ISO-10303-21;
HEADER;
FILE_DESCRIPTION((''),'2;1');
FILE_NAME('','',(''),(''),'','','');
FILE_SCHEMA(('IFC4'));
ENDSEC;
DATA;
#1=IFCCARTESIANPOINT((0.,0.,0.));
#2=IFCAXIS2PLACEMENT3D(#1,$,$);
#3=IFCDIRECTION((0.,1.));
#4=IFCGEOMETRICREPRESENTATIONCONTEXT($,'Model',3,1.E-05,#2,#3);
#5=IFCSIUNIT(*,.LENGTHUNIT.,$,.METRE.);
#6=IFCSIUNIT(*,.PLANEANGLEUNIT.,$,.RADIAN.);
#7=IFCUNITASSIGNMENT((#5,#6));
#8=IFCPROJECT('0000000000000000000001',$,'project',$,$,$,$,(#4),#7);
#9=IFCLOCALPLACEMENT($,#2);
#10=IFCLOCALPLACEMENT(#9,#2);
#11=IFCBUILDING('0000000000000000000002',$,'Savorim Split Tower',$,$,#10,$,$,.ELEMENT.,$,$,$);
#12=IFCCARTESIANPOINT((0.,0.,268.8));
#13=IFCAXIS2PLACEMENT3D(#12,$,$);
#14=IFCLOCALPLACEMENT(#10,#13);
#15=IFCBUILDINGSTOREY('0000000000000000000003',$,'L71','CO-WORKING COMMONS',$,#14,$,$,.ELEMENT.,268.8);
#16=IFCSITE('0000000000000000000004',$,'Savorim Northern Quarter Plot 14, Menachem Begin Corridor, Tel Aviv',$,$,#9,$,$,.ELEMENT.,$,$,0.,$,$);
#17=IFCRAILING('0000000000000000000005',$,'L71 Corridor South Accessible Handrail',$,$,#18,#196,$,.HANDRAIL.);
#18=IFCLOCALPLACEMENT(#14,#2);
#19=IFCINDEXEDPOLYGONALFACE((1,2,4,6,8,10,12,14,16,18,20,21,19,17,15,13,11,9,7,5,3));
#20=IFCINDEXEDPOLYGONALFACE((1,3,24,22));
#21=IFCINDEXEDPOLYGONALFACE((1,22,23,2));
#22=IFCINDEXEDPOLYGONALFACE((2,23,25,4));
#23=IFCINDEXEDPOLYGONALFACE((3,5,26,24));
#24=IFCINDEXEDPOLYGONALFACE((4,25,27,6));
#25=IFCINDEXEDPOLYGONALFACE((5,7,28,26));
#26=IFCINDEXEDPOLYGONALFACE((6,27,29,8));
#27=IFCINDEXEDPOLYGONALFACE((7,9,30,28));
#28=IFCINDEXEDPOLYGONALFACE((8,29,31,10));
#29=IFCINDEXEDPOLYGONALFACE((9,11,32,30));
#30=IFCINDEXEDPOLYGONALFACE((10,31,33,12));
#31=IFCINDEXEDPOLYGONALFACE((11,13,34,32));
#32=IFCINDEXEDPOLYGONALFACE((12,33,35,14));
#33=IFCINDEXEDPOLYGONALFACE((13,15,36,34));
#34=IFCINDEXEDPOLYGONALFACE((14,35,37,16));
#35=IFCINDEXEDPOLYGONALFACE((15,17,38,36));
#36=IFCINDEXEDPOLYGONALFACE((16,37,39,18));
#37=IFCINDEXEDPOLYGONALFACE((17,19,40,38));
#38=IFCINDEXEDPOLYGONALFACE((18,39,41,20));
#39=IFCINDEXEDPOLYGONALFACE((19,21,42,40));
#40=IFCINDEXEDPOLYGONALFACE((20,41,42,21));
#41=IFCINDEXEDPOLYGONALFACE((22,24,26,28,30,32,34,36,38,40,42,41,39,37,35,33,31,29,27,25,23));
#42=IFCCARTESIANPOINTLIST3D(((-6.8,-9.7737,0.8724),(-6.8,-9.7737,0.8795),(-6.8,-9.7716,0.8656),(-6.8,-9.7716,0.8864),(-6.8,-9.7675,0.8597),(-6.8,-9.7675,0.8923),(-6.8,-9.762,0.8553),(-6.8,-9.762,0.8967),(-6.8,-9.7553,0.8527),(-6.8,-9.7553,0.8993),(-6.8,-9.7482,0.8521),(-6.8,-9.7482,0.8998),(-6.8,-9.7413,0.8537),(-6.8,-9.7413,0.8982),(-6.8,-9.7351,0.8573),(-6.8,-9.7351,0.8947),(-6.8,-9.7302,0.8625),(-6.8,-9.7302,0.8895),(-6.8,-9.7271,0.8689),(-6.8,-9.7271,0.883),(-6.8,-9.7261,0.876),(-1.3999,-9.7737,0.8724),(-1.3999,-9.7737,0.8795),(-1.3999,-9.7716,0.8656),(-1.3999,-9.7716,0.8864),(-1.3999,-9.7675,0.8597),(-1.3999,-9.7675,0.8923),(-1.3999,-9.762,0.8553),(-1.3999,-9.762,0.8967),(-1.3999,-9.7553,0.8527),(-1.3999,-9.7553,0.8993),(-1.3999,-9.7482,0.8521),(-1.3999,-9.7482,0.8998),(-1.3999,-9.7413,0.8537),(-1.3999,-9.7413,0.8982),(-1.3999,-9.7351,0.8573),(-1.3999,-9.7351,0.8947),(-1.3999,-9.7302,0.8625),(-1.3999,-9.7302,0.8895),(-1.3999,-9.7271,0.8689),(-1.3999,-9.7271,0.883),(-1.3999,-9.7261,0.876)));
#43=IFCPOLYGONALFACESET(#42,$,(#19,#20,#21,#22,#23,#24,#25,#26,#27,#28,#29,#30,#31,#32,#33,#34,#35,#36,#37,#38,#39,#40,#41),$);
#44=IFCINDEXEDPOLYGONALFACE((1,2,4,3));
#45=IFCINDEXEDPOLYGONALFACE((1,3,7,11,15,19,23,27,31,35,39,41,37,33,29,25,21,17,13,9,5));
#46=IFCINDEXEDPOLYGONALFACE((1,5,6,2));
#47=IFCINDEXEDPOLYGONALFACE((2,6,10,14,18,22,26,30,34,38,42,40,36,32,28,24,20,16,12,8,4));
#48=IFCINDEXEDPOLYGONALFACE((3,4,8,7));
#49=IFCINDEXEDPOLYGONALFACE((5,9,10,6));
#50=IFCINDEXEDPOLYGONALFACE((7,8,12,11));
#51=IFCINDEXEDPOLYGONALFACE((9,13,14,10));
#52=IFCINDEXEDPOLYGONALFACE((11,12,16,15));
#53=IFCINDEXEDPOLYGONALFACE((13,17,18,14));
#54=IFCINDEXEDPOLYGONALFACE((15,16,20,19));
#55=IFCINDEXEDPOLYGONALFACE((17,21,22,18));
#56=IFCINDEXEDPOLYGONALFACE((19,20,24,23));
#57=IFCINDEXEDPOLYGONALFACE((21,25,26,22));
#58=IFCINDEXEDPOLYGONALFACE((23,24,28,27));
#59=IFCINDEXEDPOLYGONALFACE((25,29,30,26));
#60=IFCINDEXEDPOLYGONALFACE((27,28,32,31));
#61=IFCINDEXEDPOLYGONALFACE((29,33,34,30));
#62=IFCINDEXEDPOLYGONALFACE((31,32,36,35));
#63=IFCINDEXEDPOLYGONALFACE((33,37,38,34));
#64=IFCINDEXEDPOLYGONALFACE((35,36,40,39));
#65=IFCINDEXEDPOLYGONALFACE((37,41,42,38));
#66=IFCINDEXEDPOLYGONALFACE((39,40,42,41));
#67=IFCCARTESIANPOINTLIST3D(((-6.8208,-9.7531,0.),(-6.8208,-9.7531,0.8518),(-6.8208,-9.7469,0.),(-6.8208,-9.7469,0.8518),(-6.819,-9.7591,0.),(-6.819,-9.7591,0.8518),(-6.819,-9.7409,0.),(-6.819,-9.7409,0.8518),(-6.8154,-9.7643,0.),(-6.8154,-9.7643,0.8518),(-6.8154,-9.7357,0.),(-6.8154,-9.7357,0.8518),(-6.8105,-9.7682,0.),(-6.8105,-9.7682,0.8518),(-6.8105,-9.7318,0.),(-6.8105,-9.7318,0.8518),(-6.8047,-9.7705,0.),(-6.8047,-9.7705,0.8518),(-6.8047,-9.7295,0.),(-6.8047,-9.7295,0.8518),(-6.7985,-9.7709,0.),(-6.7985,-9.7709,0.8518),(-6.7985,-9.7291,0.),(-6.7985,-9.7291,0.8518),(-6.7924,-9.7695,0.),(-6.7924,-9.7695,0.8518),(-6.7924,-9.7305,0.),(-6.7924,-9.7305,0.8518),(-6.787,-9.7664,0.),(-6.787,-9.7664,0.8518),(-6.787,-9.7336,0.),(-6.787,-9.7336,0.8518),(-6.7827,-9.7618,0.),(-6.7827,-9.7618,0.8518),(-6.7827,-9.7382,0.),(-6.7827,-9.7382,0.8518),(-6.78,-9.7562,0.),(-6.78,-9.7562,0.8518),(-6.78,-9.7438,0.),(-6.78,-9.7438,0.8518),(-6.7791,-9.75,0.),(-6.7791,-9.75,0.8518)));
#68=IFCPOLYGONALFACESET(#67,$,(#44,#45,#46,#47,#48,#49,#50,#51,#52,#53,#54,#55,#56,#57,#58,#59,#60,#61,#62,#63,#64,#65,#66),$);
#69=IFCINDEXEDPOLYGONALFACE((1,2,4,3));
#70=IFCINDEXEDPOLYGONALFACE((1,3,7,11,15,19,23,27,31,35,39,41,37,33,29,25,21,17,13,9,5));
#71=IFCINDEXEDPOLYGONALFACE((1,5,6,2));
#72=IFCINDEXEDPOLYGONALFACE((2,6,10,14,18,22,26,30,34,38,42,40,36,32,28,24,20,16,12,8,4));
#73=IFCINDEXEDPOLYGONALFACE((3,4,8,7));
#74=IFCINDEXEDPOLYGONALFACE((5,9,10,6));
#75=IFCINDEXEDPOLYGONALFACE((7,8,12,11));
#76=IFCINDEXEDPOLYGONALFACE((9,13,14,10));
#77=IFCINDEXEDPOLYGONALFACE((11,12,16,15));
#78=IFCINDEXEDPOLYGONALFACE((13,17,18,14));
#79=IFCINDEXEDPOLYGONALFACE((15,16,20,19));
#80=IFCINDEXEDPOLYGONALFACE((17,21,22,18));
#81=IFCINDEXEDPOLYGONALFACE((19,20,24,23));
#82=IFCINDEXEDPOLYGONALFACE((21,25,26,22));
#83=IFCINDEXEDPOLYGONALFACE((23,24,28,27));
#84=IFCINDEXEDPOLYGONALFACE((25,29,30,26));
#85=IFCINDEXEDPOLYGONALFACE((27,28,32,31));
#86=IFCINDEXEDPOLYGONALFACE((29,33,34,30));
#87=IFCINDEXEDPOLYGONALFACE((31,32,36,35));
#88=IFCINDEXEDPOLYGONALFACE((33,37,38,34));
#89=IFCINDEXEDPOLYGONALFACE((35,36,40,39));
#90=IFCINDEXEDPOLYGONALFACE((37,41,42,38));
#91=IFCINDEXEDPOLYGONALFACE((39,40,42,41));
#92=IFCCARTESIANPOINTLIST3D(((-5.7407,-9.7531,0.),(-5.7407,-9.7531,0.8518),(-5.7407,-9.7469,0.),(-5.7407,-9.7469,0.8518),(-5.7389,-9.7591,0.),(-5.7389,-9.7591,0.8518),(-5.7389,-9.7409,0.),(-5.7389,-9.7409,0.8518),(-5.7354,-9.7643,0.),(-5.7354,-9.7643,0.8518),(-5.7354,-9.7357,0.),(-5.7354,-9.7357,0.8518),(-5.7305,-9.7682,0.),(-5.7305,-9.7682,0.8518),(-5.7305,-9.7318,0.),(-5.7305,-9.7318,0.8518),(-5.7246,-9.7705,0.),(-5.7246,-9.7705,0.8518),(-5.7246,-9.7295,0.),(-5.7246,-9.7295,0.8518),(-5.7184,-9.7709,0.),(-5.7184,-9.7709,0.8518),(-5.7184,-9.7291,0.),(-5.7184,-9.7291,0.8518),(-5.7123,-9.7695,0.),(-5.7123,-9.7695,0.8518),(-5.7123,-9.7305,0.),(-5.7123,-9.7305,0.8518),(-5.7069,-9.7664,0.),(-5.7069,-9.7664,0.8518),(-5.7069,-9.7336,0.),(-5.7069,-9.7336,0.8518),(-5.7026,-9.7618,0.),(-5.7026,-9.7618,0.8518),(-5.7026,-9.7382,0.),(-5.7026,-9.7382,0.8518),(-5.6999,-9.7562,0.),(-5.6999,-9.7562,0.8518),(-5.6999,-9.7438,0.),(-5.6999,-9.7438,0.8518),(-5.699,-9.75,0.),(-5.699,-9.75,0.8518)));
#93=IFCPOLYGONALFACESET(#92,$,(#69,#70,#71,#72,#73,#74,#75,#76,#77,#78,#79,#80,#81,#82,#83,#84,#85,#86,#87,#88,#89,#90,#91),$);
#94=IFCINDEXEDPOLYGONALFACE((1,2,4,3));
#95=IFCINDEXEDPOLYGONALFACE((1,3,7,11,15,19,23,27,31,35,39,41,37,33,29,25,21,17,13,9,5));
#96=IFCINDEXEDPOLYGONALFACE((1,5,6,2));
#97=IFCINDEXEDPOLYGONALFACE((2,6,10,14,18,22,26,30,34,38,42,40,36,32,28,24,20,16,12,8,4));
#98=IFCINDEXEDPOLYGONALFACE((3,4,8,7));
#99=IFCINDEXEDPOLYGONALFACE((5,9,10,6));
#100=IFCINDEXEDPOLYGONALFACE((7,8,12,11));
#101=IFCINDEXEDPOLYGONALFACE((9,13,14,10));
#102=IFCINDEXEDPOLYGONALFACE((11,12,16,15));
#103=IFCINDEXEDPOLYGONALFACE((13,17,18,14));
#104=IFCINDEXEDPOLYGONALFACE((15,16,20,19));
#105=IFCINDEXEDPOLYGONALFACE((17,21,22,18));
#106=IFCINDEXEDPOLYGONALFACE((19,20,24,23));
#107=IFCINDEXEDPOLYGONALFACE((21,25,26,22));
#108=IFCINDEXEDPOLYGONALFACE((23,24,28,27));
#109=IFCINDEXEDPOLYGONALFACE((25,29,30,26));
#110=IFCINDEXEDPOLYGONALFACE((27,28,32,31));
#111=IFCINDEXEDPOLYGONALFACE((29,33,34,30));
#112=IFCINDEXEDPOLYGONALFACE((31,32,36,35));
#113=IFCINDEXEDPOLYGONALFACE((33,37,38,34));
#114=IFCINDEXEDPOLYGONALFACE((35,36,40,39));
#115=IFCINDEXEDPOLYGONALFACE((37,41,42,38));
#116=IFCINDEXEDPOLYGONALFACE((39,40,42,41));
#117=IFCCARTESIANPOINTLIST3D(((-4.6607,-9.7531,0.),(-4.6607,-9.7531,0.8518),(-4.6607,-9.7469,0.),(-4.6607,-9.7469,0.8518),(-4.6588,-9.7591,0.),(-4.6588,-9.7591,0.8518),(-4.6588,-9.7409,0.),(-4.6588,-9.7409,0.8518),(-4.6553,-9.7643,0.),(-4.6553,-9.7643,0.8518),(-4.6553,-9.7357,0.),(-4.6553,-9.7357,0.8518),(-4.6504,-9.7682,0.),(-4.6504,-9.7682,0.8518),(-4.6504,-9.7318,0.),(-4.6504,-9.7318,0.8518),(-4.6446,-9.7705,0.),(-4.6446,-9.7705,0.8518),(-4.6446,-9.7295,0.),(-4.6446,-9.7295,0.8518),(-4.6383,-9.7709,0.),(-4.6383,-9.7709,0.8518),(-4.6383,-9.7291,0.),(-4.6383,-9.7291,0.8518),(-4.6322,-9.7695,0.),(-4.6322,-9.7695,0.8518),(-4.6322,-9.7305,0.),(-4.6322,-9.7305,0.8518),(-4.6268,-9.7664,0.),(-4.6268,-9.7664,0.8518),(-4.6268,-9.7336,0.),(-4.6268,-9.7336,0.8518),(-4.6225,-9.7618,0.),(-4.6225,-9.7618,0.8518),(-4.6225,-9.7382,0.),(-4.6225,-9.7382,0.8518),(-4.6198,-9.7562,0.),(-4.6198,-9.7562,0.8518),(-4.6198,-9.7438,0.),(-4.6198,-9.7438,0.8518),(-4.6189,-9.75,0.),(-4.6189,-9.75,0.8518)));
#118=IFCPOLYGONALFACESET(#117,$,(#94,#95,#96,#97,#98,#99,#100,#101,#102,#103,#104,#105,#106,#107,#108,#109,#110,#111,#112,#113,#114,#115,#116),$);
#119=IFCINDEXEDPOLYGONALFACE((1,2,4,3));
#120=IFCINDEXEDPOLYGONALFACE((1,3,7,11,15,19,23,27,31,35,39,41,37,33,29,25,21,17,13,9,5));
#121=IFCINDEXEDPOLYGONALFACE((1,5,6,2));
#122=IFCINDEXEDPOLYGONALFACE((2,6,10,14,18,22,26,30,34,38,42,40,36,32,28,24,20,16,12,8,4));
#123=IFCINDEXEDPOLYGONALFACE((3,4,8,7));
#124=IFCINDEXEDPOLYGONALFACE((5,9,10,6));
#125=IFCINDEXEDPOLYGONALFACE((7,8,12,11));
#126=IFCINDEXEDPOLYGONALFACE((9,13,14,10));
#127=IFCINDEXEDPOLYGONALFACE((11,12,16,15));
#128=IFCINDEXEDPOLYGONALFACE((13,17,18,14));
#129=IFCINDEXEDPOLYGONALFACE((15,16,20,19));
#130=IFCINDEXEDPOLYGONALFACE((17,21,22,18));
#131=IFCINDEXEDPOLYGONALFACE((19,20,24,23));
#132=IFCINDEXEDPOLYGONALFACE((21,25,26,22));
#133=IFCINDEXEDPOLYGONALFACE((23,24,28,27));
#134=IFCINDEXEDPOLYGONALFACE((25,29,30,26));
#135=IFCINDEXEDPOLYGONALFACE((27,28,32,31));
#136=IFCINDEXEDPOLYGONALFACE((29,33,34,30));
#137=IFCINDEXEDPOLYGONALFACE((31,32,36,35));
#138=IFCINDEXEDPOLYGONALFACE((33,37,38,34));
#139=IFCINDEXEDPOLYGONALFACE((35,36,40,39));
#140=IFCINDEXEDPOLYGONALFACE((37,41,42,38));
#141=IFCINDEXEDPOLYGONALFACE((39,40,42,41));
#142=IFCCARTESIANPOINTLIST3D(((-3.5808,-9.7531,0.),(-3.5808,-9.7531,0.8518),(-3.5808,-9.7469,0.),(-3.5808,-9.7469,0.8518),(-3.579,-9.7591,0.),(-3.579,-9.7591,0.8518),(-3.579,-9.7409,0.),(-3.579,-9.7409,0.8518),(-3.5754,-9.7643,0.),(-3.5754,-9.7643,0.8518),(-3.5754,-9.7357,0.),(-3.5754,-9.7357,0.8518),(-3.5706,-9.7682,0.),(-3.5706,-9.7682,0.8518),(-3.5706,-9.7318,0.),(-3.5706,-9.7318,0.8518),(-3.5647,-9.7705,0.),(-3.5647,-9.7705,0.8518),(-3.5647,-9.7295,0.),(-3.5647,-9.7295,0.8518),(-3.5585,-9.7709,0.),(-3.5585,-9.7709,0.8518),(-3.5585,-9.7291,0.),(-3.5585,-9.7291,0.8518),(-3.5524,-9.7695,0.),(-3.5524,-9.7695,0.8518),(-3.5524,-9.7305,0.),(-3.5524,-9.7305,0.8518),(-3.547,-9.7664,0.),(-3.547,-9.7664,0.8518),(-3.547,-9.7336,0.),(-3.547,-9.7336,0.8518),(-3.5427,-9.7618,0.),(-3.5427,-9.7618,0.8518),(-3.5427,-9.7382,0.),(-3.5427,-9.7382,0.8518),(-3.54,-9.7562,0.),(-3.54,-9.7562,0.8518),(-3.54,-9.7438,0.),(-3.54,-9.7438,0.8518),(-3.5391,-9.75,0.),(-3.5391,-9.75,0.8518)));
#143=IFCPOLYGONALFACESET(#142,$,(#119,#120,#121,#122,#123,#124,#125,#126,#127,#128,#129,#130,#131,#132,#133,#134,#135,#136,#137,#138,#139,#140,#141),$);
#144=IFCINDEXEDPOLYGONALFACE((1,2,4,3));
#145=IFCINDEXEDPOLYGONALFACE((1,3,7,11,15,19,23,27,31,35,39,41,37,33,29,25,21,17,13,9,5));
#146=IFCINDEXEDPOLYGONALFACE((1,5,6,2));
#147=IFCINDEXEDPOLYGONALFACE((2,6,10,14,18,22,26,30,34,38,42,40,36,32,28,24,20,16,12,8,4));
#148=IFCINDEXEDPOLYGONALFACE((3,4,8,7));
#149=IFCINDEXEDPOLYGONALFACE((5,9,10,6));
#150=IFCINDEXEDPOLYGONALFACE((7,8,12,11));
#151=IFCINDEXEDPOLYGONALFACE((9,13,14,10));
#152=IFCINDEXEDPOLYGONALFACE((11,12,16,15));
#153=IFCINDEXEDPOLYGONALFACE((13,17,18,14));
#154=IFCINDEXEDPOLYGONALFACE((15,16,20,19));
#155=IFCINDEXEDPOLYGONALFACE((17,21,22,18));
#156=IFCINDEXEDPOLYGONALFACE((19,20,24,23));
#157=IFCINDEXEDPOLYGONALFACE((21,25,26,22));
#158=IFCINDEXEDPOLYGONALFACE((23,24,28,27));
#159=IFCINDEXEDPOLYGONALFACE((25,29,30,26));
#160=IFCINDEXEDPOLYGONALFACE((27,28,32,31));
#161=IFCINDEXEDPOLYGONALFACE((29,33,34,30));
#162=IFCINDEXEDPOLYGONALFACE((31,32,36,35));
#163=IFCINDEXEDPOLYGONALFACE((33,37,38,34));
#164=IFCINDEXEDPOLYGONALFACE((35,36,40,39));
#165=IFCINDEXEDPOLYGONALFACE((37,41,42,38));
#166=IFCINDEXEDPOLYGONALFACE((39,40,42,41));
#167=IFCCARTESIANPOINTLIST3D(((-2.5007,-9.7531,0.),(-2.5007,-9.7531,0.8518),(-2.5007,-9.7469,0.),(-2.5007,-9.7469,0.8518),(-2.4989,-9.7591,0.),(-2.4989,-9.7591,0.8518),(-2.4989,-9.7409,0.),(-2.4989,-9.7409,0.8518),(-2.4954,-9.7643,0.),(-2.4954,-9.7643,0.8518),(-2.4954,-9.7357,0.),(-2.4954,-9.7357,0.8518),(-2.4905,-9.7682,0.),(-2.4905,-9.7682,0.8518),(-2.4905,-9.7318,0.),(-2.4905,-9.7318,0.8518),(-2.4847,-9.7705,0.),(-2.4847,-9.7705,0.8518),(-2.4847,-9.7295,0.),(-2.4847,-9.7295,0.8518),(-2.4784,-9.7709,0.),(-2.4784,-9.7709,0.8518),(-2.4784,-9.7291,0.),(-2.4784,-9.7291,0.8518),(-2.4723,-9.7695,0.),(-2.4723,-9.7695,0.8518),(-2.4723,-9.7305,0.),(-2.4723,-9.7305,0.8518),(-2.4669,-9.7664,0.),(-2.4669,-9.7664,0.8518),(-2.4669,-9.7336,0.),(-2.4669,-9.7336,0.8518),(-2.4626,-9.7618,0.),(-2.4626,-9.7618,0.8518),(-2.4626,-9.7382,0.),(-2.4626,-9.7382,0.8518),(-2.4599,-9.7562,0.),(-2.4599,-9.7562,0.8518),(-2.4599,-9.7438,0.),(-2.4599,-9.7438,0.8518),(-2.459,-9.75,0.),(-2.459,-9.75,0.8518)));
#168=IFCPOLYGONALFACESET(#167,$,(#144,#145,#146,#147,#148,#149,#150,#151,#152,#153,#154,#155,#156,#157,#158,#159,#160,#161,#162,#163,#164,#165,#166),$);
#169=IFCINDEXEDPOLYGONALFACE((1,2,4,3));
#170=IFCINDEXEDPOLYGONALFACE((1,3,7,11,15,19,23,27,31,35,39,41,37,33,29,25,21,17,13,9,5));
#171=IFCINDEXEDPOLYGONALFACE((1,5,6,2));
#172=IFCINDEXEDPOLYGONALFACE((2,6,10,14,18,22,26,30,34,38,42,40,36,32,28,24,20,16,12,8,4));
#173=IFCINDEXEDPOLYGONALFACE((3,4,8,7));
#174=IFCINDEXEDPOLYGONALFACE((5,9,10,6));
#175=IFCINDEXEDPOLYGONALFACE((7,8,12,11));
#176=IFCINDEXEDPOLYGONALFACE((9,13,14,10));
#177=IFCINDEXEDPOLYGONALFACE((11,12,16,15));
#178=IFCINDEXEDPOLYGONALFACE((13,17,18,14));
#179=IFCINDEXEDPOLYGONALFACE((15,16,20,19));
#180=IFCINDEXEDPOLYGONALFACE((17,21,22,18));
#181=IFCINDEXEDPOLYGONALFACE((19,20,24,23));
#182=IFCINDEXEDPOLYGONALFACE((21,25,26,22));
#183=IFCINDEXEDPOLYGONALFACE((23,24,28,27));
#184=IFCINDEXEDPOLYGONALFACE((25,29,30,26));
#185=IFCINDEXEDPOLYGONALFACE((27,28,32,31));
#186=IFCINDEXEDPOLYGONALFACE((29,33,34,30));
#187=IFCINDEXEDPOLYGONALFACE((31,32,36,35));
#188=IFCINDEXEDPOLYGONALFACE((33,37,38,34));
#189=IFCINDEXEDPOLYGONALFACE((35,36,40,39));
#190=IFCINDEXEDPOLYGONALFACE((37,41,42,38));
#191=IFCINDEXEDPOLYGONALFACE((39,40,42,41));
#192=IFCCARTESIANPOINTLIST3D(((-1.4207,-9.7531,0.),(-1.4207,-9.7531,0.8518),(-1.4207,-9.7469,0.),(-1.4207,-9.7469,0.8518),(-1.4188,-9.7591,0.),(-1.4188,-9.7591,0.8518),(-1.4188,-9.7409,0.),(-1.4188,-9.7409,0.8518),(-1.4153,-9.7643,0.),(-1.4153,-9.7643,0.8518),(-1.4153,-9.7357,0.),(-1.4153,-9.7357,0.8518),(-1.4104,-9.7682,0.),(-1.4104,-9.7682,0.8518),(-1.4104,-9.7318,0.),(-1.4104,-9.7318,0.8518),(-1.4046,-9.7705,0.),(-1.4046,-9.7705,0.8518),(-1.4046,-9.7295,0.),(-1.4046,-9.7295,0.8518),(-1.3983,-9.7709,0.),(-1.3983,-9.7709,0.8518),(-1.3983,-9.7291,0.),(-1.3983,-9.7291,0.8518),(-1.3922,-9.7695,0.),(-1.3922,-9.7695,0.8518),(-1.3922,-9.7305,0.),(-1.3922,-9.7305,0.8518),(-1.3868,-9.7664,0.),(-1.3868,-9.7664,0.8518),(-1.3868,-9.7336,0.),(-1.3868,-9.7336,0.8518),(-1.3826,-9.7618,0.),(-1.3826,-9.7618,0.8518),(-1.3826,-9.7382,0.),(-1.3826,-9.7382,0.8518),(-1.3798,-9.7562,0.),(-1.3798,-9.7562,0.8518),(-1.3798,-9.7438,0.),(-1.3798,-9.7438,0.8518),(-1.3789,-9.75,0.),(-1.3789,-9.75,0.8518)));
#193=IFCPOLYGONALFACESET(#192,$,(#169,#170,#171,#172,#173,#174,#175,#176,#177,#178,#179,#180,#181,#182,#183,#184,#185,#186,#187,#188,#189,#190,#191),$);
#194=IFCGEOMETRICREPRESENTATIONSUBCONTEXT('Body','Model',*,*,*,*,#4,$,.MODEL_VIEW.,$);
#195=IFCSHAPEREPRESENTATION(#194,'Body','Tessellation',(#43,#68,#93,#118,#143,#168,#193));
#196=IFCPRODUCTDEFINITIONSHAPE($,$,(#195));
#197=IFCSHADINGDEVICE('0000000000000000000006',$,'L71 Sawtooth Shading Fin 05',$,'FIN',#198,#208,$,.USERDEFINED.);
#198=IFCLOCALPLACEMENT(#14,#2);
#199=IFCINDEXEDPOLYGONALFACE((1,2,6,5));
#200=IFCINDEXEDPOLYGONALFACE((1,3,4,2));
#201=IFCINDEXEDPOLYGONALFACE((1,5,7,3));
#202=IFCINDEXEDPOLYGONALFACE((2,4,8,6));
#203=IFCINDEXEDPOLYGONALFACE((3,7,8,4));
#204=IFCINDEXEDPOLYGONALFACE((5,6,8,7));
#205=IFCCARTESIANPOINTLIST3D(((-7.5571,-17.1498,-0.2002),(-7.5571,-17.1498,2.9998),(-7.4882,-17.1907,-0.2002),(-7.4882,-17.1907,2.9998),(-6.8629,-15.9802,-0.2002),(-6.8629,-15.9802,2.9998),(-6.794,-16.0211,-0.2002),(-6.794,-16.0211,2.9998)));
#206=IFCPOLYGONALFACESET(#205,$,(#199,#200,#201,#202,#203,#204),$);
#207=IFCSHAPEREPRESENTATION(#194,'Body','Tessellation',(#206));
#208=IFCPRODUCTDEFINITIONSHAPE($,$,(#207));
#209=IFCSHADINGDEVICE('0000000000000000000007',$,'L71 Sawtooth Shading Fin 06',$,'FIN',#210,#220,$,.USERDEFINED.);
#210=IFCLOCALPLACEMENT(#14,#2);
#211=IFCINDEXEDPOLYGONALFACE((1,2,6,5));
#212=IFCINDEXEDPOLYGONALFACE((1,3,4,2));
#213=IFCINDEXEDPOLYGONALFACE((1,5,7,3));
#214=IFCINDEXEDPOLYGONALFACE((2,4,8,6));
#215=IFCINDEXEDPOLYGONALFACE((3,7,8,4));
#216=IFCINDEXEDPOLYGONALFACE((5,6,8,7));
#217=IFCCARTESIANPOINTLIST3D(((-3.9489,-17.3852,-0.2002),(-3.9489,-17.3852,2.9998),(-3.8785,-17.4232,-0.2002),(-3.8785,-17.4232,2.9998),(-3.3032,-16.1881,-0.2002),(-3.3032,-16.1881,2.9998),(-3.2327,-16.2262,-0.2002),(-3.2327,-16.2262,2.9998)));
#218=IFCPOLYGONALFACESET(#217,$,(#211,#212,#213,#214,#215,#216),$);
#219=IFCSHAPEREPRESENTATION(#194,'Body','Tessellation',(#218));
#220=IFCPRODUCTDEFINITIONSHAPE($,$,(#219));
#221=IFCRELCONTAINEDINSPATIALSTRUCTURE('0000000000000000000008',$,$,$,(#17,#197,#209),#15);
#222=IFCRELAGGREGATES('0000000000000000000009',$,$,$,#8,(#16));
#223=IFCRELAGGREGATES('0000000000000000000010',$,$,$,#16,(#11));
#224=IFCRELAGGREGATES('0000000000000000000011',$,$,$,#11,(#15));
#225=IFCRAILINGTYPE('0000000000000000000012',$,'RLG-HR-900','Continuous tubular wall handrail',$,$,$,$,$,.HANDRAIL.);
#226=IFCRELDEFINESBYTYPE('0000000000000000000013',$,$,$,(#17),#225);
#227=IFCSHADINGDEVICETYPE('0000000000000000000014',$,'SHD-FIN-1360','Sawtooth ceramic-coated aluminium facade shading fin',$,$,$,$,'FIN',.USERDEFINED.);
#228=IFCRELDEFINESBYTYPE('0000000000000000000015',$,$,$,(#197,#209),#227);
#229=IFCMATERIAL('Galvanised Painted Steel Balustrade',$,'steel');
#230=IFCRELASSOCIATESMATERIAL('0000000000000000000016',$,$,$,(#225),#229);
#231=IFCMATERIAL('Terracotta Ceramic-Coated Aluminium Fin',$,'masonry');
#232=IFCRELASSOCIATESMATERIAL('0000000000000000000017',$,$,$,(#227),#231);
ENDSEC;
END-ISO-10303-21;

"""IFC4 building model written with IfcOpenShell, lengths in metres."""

from ifc_helpers import new_model, si_unit, direction, frame, origin, origin_2d, place, context, subcontext, project, spatial, rectangle, circle, extrude, material, type_object, element, save


model = new_model("IFC4")

# Units and contexts
model_context = context("Model", 3, precision=1e-05, world=origin(), true_north=direction((0.0, 1.0)))
body_context = subcontext(model_context, "Body", "Model", "MODEL_VIEW")
ifc_project = project(units=[si_unit("LENGTHUNIT", "METRE"), si_unit("PLANEANGLEUNIT", "RADIAN")], contexts=[model_context])

# Site, building, storey
site_placement = place(None, origin())
site = spatial("IfcSite", under=ifc_project, at=site_placement, Name="Savorim Northern Quarter Plot 14, Menachem Begin Corridor, Tel Aviv", CompositionType="ELEMENT", RefElevation=0.0)
building_placement = place(site_placement, origin())
building = spatial("IfcBuilding", under=site, at=building_placement, Name="Savorim Split Tower", CompositionType="ELEMENT")
storey_placement = place(building_placement, frame((0.0, 0.0, 268.8)))
storey = spatial("IfcBuildingStorey", under=building, at=storey_placement, Name="L71", Description="CO-WORKING COMMONS", CompositionType="ELEMENT", Elevation=268.8)

# Railing
ifc_material_1 = material(Name="Galvanised Painted Steel Balustrade", Category="steel")
railing_type = type_object("IfcRailingType", Name="RLG-HR-900", Description="Continuous tubular wall handrail", PredefinedType="HANDRAIL", material=ifc_material_1)
railing_1_placement = place(storey_placement, frame((-6.8, -9.75, 0.0)))
element("IfcRailing", 1, at=railing_1_placement, inside=storey, type_object=railing_type, Name="L71 Corridor South Accessible Handrail", PredefinedType="HANDRAIL", context=body_context, shape_type="SweptSolid", body=[
    extrude(circle(Radius=0.0239, at=origin_2d()), frame((0.0, 0.0, 0.876), z_axis=(1.0, 0.0, 0.0), x_axis=(0.0, 1.0, 0.0)), (0.0, 0.0, 1.0), 5.4001),
    extrude(circle(Radius=0.021, at=origin_2d()), origin(), (0.0, 0.0, 1.0), 0.8518),
    extrude(circle(Radius=0.021, at=origin_2d()), frame((1.0801, 0.0, 0.0)), (0.0, 0.0, 1.0), 0.8518),
    extrude(circle(Radius=0.021, at=origin_2d()), frame((2.1602, 0.0, 0.0)), (0.0, 0.0, 1.0), 0.8518),
    extrude(circle(Radius=0.021, at=origin_2d()), frame((3.24, 0.0, 0.0)), (0.0, 0.0, 1.0), 0.8518),
    extrude(circle(Radius=0.021, at=origin_2d()), frame((4.3201, 0.0, 0.0)), (0.0, 0.0, 1.0), 0.8518),
    extrude(circle(Radius=0.021, at=origin_2d()), frame((5.4001, 0.0, 0.0)), (0.0, 0.0, 1.0), 0.8518),
])

# Shading devices
ifc_material_2 = material(Name="Terracotta Ceramic-Coated Aluminium Fin", Category="masonry")
shading_device_type = type_object("IfcShadingDeviceType", Name="SHD-FIN-1360", Description="Sawtooth ceramic-coated aluminium facade shading fin", ElementType="FIN", PredefinedType="USERDEFINED", material=ifc_material_2)
for number, where, z_axis, x_axis, name in (
    (2, (-7.1755, -16.5854, -0.2002), (0.0, 0.0, 1.0), (-0.510391, -0.859942, 0.0), "L71 Sawtooth Shading Fin 05"),
    (3, (-3.5908, -16.8057, -0.2002), (0.0, 0.0, 1.0), (-0.474778, -0.880106, 0.0), "L71 Sawtooth Shading Fin 06"),
):
    element("IfcShadingDevice", number, at=place(storey_placement, frame(where, z_axis=z_axis, x_axis=x_axis)), inside=storey, type_object=shading_device_type, Name=name, ObjectType="FIN", PredefinedType="USERDEFINED", context=body_context, shape_type="SweptSolid", body=[
        extrude(rectangle(XDim=1.3601, YDim=0.0801, at=origin_2d()), origin(), (0.0, 0.0, 1.0), 3.2),
    ])

save(model, "model.ifc")
